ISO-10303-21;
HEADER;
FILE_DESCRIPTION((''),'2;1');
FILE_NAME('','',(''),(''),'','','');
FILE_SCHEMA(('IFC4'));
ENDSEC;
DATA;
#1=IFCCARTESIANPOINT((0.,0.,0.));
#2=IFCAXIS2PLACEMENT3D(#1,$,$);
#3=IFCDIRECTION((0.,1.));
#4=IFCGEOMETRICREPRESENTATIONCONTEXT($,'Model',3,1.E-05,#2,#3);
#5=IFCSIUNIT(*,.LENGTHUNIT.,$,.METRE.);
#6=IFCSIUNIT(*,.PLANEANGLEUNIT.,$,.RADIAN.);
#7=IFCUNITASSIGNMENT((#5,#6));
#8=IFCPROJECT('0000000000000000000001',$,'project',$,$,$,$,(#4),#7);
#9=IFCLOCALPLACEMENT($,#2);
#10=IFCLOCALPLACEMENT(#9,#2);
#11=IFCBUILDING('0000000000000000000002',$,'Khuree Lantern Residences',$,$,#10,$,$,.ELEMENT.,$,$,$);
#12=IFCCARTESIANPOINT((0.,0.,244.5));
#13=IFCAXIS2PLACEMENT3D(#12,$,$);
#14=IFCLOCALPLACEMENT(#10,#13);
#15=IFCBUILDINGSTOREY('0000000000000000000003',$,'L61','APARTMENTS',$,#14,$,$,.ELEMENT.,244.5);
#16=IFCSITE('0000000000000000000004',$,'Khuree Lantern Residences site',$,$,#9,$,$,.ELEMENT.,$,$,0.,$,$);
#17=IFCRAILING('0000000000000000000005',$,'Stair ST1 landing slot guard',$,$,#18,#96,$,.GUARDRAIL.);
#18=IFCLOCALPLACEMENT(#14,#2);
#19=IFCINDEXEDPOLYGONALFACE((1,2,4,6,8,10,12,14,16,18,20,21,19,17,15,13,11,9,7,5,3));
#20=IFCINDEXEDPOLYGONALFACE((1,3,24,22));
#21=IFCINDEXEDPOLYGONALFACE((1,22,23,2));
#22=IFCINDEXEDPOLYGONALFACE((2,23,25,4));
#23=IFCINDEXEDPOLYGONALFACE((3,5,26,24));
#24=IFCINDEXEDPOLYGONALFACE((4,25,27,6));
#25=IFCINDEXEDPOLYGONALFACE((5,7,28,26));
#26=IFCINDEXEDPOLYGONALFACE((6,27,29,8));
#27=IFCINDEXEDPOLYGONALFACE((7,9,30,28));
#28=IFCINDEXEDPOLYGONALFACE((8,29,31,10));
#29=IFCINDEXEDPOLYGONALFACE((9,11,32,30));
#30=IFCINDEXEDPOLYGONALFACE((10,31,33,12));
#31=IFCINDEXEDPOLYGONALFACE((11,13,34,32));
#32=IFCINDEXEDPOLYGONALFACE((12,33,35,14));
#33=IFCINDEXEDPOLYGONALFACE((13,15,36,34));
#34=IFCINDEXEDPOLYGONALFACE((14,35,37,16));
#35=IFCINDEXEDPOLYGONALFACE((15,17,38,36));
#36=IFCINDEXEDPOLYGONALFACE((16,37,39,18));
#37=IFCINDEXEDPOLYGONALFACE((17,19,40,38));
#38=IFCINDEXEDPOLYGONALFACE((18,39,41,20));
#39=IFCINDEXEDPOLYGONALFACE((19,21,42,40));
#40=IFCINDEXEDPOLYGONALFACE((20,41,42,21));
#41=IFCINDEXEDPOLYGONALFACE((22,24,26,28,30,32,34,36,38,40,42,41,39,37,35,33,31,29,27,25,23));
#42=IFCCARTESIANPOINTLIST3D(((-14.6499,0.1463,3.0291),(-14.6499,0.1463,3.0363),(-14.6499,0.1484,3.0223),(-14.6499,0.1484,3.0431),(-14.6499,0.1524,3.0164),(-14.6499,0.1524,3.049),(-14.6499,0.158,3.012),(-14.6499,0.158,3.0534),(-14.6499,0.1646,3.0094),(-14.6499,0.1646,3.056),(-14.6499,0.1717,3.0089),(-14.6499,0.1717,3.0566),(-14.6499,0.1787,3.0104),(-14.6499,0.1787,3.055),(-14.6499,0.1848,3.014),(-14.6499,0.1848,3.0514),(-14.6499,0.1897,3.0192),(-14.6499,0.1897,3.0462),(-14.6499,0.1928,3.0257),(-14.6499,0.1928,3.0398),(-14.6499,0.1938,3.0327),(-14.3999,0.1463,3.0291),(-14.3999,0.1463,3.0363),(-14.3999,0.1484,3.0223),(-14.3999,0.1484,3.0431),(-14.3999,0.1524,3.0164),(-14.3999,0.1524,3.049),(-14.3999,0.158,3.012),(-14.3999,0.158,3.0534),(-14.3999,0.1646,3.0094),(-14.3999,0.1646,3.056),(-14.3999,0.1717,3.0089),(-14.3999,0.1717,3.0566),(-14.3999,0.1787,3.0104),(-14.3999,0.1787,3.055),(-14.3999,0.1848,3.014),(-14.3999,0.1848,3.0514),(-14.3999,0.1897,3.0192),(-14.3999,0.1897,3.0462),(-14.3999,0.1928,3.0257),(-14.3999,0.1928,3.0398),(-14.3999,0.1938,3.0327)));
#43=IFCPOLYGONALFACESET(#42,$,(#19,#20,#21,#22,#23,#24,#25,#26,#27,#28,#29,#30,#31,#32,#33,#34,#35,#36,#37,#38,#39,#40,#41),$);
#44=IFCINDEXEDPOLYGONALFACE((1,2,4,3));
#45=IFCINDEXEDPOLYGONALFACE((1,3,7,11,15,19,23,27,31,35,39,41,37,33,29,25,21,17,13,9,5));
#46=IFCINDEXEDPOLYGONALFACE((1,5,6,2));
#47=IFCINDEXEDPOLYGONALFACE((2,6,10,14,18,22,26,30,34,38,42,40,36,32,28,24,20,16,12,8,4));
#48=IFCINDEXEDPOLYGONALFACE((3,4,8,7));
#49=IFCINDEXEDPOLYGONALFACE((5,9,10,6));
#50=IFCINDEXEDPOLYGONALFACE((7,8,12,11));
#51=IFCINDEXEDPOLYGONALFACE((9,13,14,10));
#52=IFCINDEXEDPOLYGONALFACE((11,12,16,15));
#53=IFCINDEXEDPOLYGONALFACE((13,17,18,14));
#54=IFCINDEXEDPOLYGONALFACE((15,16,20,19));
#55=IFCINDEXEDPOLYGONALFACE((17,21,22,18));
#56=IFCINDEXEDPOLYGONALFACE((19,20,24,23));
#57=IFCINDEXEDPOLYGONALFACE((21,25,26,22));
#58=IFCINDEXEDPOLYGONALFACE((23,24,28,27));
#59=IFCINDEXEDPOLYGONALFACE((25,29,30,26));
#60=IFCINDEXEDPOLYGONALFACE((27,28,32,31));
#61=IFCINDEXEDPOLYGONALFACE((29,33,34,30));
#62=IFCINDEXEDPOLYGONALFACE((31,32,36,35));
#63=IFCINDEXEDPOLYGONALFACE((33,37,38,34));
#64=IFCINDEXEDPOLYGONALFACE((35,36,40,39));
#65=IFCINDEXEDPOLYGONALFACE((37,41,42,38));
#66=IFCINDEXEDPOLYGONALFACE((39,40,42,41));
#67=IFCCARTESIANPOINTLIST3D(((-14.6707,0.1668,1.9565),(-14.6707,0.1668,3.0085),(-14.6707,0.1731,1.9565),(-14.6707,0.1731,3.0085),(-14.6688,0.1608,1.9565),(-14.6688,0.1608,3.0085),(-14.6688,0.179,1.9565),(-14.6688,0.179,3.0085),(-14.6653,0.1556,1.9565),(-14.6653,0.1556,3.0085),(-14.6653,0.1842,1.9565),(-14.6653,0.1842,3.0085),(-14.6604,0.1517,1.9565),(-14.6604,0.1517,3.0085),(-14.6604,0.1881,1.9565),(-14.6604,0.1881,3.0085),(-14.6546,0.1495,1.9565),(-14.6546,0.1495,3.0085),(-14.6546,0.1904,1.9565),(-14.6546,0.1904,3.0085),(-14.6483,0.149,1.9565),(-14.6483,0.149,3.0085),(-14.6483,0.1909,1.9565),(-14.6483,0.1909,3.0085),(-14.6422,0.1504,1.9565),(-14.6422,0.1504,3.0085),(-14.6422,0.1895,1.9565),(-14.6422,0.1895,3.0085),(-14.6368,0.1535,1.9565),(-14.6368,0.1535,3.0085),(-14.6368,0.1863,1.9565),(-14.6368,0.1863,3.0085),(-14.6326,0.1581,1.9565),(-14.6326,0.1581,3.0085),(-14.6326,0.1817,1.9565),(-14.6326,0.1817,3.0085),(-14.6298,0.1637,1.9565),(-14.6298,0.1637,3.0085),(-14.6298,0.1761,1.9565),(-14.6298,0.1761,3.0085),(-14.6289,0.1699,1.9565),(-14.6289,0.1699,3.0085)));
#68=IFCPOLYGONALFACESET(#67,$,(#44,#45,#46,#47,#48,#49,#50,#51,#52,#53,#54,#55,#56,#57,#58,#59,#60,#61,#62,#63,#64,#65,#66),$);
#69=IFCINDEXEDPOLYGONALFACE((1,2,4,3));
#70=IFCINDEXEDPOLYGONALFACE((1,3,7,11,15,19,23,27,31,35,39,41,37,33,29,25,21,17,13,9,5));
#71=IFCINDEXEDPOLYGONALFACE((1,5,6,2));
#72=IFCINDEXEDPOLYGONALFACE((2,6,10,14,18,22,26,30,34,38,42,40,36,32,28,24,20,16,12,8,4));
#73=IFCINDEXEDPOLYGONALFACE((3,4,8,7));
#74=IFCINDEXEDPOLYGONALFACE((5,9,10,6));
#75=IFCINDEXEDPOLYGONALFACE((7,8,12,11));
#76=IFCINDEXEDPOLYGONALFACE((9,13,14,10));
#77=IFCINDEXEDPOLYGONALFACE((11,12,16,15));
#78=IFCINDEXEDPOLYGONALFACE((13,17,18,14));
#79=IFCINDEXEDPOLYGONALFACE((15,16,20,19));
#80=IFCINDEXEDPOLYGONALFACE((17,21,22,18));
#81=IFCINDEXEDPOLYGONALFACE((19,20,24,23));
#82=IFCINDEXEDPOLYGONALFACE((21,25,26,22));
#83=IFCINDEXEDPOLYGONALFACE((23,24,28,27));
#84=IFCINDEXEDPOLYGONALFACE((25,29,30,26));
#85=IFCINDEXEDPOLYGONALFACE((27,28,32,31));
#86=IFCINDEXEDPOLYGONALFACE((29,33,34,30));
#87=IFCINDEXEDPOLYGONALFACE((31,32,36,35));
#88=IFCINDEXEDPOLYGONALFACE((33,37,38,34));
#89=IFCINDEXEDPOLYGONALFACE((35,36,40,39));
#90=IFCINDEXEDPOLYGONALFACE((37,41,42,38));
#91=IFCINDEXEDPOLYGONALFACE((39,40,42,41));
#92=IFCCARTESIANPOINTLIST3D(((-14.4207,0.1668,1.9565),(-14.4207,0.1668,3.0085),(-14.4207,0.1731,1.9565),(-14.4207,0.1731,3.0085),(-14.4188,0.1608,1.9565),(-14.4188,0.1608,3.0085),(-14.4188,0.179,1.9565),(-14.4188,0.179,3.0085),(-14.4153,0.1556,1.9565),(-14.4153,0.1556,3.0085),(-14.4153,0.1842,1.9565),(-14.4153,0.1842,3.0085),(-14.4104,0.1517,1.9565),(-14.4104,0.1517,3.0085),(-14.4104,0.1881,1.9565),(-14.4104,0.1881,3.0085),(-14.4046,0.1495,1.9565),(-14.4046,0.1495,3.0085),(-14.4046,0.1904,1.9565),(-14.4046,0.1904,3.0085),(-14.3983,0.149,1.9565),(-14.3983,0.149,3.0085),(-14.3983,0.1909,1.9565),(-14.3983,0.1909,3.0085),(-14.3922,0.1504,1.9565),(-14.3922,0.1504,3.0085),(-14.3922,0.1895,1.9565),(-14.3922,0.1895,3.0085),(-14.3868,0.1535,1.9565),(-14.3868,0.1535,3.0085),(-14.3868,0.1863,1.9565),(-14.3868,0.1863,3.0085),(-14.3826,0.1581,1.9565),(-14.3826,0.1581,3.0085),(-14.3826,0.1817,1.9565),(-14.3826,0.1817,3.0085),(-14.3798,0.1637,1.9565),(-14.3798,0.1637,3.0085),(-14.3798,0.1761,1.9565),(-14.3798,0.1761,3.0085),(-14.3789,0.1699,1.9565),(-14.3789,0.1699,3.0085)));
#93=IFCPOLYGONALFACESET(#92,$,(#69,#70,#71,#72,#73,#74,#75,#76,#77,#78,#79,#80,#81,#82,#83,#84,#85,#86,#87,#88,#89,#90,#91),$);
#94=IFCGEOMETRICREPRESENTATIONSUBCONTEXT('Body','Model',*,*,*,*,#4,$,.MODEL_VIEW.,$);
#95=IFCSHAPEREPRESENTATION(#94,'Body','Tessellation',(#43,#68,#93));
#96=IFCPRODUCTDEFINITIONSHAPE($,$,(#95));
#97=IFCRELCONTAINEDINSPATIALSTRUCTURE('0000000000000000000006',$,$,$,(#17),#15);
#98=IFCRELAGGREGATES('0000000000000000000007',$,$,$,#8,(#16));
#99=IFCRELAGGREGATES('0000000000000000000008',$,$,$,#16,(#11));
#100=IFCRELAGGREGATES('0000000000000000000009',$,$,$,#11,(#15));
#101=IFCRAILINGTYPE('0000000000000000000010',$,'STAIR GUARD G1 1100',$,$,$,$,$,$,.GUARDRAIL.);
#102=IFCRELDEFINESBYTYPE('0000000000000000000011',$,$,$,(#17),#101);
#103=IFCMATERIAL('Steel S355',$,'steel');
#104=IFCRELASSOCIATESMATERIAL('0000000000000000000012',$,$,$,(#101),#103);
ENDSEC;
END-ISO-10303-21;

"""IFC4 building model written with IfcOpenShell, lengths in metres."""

from ifc_helpers import new_model, si_unit, direction, frame, origin, origin_2d, place, context, subcontext, project, spatial, circle, extrude, material, type_object, element, save


model = new_model("IFC4")

# Units and contexts
model_context = context("Model", 3, precision=1e-05, world=origin(), true_north=direction((0.0, 1.0)))
body_context = subcontext(model_context, "Body", "Model", "MODEL_VIEW")
ifc_project = project(units=[si_unit("LENGTHUNIT", "METRE"), si_unit("PLANEANGLEUNIT", "RADIAN")], contexts=[model_context])

# Site, building, storey
site_placement = place(None, origin())
site = spatial("IfcSite", under=ifc_project, at=site_placement, Name="Khuree Lantern Residences site", CompositionType="ELEMENT", RefElevation=0.0)
building_placement = place(site_placement, origin())
building = spatial("IfcBuilding", under=site, at=building_placement, Name="Khuree Lantern Residences", CompositionType="ELEMENT")
storey_placement = place(building_placement, frame((0.0, 0.0, 244.5)))
storey = spatial("IfcBuildingStorey", under=building, at=storey_placement, Name="L61", Description="APARTMENTS", CompositionType="ELEMENT", Elevation=244.5)

# Railing
ifc_material_1 = material(Name="Steel S355", Category="steel")
railing_type = type_object("IfcRailingType", Name="STAIR GUARD G1 1100", PredefinedType="GUARDRAIL", material=ifc_material_1)
railing_placement = place(storey_placement, frame((-14.6499, 0.1699, 1.9565)))
element("IfcRailing", 1, at=railing_placement, inside=storey, type_object=railing_type, Name="Stair ST1 landing slot guard", PredefinedType="GUARDRAIL", context=body_context, shape_type="SweptSolid", body=[
    extrude(circle(Radius=0.0239, at=origin_2d()), frame((0.0, 0.0, 1.0762), z_axis=(1.0, 0.0, 0.0), x_axis=(0.0, 1.0, 0.0)), (0.0, 0.0, 1.0), 0.25),
    extrude(circle(Radius=0.021, at=origin_2d()), origin(), (0.0, 0.0, 1.0), 1.052),
    extrude(circle(Radius=0.021, at=origin_2d()), frame((0.25, 0.0, 0.0)), (0.0, 0.0, 1.0), 1.052),
])

save(model, "model.ifc")
